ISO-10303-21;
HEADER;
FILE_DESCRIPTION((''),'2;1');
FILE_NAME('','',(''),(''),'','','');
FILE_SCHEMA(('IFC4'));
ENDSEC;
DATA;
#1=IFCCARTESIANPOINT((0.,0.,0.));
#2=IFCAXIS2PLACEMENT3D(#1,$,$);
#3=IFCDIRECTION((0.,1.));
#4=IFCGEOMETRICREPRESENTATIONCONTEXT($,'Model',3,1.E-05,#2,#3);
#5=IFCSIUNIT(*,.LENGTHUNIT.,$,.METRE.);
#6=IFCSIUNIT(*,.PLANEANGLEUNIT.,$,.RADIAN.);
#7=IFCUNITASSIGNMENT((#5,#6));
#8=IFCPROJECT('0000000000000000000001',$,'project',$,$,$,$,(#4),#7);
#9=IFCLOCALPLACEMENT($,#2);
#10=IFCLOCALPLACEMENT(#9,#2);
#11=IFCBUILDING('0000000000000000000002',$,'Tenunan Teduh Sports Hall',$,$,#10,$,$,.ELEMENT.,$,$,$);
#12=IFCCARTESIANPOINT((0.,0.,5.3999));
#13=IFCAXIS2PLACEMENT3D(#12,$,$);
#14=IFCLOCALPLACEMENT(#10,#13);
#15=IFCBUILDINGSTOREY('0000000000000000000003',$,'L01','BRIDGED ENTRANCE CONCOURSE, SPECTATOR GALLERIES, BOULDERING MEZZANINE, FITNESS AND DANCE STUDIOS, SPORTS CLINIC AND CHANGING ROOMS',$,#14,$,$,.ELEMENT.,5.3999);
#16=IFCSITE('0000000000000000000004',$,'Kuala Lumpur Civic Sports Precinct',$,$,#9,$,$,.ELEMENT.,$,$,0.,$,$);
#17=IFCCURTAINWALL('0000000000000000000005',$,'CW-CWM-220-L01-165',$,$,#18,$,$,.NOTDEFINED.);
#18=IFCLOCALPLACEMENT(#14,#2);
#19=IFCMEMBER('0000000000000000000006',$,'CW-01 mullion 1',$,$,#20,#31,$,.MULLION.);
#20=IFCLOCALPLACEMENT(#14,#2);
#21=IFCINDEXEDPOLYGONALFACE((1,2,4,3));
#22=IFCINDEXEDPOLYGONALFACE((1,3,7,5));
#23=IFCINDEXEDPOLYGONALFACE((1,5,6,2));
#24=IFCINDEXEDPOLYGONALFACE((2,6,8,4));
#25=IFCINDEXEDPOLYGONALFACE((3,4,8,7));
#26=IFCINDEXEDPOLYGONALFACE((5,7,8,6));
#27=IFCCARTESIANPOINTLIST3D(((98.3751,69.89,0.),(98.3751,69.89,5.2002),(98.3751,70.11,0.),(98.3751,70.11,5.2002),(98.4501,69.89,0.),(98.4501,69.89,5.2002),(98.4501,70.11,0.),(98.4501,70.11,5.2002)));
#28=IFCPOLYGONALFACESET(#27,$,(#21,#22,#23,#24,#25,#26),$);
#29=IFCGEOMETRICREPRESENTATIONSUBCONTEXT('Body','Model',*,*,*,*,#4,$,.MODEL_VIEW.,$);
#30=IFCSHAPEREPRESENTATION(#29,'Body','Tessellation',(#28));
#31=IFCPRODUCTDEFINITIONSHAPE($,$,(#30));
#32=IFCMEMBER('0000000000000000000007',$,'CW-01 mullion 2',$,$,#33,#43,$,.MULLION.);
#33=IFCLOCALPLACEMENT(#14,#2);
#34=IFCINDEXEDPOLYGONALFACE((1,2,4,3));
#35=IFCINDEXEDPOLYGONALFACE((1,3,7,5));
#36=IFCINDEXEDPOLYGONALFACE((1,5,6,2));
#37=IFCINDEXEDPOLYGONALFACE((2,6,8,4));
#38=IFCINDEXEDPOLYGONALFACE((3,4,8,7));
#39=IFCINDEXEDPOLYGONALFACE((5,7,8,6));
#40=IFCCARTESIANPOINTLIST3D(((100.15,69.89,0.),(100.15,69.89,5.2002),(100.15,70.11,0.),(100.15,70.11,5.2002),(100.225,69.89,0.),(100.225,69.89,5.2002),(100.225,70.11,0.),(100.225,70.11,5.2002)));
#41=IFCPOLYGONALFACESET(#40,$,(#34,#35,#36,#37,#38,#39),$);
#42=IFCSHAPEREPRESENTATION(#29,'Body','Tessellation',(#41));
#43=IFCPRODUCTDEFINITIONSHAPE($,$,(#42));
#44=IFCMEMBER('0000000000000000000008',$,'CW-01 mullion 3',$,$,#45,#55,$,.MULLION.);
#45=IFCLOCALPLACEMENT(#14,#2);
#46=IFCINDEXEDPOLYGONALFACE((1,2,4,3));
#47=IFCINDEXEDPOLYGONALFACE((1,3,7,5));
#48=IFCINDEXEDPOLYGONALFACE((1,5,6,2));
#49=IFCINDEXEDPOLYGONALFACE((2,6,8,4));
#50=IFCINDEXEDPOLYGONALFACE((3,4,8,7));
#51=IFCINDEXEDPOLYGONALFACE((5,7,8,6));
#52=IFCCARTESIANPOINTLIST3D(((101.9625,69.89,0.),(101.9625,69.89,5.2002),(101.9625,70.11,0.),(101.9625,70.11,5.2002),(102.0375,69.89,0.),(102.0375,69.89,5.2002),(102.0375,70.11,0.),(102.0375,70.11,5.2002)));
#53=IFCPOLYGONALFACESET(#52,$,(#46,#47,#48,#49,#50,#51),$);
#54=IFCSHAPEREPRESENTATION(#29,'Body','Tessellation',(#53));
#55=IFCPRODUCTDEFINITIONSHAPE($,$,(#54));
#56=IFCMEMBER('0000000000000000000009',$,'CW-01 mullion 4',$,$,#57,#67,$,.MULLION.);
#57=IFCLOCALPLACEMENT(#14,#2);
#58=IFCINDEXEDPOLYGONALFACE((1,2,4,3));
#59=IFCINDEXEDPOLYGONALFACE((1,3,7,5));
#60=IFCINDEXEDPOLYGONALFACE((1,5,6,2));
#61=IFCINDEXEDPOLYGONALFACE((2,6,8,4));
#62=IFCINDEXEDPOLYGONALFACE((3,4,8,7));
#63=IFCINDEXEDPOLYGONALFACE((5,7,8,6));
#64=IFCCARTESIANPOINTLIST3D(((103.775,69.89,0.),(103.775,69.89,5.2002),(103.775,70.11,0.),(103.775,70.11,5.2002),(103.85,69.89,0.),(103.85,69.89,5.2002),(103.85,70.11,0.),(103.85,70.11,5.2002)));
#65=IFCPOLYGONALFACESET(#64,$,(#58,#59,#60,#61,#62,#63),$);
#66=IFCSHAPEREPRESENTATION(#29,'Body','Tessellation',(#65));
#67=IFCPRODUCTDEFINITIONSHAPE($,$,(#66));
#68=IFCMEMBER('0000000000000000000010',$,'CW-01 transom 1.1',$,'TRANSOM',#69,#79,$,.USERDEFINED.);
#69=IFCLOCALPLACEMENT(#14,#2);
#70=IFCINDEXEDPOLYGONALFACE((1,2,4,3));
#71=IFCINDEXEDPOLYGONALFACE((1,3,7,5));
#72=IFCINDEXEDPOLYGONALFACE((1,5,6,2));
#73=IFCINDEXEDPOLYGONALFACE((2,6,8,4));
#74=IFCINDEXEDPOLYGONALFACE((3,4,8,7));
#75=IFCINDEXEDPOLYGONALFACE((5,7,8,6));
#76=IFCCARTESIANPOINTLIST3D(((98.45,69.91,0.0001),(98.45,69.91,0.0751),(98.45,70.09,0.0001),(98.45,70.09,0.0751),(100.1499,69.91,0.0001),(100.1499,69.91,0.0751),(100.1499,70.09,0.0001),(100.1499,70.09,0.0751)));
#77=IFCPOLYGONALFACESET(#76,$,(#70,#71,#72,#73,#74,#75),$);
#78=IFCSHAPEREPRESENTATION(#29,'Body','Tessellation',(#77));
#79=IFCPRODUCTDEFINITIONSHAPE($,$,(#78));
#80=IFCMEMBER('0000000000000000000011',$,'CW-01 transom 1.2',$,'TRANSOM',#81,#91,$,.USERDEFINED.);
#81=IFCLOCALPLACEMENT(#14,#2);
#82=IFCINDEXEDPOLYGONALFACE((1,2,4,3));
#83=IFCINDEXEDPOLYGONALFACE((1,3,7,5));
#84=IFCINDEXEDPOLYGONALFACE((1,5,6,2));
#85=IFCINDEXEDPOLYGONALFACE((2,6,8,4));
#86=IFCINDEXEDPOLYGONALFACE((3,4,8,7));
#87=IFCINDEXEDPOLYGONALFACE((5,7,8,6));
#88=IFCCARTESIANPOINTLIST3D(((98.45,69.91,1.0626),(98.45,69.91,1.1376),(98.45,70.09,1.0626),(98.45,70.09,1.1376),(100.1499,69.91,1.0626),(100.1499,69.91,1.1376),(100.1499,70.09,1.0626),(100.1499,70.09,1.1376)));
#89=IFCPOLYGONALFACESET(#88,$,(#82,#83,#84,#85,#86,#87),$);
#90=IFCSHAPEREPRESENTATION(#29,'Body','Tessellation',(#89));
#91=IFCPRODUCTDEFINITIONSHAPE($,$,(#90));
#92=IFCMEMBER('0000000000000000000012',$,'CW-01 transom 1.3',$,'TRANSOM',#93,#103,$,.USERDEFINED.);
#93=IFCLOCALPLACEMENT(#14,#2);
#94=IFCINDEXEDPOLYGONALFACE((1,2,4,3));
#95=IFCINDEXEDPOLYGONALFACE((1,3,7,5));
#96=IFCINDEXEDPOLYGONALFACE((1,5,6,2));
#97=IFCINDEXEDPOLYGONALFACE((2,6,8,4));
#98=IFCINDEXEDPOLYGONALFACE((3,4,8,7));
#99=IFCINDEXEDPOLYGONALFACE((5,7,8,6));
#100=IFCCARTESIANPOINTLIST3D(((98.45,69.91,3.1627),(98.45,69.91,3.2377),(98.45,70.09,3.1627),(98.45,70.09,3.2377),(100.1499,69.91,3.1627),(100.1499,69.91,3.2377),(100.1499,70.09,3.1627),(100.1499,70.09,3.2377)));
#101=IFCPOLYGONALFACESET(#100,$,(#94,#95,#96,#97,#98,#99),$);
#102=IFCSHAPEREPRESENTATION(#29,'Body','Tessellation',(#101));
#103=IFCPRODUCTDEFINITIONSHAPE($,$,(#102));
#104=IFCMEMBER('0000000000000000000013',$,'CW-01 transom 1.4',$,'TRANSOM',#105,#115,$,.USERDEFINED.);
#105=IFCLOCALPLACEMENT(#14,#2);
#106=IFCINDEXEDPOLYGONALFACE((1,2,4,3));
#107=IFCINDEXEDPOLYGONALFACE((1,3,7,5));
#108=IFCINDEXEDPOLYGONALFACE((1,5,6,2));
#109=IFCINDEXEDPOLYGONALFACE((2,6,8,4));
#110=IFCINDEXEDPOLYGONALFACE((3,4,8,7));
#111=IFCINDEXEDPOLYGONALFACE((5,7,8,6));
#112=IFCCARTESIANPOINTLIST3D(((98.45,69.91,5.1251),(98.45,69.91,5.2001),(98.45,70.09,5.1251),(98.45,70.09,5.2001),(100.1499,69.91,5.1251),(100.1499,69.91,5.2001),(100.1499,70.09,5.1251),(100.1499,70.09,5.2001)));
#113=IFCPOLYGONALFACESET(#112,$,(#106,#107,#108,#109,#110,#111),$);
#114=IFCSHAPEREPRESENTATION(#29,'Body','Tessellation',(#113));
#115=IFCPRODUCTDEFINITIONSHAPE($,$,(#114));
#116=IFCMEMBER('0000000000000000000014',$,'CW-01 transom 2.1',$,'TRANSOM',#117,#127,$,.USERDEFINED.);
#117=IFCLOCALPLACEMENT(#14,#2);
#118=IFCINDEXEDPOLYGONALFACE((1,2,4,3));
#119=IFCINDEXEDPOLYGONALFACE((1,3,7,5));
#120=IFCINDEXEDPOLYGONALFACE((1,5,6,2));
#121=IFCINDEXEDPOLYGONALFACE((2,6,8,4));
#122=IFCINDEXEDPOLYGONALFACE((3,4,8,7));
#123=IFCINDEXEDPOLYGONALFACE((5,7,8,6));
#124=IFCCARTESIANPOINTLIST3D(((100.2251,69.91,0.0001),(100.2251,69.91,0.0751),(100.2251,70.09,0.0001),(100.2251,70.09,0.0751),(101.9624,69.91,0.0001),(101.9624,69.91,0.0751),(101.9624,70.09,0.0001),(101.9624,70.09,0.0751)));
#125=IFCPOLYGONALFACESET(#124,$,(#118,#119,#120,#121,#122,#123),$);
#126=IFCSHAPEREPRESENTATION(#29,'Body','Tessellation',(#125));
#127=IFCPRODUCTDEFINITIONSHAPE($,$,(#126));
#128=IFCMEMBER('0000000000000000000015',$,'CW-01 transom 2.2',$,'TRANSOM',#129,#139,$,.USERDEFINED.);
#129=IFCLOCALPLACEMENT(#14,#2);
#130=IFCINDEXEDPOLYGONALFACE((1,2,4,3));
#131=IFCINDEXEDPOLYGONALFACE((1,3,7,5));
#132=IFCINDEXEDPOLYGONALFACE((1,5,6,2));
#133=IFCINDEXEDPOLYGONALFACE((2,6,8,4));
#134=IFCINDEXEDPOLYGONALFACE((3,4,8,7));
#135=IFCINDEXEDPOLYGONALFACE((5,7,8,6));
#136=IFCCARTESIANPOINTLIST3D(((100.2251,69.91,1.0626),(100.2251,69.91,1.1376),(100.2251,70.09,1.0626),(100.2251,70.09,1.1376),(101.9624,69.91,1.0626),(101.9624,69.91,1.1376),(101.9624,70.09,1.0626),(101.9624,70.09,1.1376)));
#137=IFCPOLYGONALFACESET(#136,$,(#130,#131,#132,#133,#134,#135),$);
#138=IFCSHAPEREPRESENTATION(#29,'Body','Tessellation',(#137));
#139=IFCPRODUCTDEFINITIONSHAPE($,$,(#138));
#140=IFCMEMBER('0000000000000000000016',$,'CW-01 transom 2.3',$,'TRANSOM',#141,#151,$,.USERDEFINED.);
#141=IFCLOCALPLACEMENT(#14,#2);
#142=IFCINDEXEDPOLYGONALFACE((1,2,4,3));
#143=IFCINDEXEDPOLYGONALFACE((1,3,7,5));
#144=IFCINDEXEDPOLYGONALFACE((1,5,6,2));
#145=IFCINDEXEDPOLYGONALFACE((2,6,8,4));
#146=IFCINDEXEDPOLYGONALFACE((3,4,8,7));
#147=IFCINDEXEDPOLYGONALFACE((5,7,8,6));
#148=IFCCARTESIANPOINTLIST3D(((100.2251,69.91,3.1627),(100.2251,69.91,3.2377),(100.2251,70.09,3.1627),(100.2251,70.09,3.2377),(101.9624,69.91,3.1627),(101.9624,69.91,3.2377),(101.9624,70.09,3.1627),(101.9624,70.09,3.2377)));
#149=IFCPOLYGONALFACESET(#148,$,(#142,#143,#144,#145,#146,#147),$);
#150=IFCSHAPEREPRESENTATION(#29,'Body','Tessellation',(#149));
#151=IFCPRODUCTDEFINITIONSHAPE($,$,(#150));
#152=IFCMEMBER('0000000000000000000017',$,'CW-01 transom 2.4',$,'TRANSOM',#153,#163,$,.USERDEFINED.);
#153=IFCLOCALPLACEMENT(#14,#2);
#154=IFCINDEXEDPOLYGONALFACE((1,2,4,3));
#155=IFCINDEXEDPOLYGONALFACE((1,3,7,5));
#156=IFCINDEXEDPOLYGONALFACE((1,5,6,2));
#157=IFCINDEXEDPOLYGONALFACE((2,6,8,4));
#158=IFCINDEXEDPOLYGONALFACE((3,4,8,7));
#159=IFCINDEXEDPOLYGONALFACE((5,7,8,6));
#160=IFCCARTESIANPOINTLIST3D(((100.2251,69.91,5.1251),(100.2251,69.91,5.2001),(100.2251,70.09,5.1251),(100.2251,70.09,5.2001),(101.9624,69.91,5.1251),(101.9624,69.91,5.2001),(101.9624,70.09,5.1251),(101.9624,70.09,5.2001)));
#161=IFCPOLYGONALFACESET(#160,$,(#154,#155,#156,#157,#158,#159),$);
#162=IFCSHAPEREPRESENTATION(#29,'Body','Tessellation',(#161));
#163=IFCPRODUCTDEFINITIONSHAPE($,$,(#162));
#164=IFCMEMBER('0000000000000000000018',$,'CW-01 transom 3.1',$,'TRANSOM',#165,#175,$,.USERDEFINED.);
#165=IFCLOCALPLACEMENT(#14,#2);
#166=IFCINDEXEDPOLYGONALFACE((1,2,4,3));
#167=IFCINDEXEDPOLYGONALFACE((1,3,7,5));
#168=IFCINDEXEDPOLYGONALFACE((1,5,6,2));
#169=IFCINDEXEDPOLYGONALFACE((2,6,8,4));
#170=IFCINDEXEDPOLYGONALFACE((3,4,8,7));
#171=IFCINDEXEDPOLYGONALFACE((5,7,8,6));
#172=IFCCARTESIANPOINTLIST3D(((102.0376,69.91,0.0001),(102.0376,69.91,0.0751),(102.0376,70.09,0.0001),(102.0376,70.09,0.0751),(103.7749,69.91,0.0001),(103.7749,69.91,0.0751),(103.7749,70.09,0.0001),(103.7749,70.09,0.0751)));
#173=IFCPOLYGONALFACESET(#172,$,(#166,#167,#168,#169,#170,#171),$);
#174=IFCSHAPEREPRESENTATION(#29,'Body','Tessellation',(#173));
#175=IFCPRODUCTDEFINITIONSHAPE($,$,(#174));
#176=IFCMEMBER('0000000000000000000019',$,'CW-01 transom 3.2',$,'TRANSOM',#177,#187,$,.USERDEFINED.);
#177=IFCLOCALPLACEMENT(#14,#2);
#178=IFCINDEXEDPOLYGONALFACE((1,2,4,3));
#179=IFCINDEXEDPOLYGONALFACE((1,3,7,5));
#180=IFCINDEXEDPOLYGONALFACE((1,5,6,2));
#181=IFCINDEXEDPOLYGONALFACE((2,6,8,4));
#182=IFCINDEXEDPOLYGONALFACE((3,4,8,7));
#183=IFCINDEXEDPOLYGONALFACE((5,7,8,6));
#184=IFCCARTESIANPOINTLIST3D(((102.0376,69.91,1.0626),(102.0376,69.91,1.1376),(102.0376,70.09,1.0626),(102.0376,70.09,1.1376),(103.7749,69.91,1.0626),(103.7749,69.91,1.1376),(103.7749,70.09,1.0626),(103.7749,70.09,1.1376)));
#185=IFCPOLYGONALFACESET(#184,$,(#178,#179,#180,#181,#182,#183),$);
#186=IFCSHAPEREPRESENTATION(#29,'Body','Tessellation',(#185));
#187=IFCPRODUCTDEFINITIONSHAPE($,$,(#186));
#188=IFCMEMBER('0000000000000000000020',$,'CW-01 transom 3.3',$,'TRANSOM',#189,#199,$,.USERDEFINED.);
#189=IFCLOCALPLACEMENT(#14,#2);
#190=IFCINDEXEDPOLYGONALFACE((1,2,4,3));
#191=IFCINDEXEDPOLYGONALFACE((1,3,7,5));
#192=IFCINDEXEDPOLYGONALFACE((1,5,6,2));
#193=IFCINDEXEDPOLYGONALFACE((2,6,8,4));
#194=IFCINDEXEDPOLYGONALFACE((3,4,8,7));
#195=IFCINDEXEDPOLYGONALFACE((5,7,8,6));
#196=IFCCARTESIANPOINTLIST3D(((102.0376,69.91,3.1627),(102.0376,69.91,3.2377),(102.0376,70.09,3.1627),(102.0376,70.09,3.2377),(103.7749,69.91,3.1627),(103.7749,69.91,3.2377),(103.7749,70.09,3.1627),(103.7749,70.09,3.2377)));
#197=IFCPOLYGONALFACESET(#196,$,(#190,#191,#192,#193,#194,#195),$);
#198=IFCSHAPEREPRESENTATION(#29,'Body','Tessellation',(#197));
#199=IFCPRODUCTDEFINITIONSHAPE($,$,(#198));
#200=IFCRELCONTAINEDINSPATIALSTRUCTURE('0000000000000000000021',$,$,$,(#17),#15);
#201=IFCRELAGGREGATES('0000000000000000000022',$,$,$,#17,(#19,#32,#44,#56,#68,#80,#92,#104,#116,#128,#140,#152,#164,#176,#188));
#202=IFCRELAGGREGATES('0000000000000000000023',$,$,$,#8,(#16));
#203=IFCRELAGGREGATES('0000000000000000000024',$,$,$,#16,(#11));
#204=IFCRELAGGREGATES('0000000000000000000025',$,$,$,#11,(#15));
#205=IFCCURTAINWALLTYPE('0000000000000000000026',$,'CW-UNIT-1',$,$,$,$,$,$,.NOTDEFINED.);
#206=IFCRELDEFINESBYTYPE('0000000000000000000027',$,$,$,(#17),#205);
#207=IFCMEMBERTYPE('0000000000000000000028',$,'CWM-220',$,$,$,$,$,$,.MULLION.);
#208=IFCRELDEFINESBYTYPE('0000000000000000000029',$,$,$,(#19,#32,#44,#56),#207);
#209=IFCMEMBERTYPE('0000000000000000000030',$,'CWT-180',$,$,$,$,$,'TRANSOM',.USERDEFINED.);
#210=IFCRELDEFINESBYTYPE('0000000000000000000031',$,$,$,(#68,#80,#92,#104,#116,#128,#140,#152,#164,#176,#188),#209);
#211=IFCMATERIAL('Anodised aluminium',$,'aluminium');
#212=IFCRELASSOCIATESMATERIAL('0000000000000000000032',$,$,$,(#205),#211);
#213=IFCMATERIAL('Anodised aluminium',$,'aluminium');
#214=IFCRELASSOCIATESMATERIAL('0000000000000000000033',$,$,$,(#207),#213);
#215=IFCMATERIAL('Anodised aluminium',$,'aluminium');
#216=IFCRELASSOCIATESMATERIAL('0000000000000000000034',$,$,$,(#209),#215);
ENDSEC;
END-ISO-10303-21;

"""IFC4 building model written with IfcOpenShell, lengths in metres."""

from ifc_helpers import new_model, si_unit, direction, frame, origin, origin_2d, place, context, subcontext, project, spatial, rectangle, extrude, material, material_profile, profile_set, type_object, element, aggregate, save


model = new_model("IFC4")

# Units and contexts
model_context = context("Model", 3, precision=1e-05, world=origin(), true_north=direction((0.0, 1.0)))
body_context = subcontext(model_context, "Body", "Model", "MODEL_VIEW")
ifc_project = project(units=[si_unit("LENGTHUNIT", "METRE"), si_unit("PLANEANGLEUNIT", "RADIAN")], contexts=[model_context])

# Site, building, storey
site_placement = place(None, origin())
site = spatial("IfcSite", under=ifc_project, at=site_placement, Name="Kuala Lumpur Civic Sports Precinct", CompositionType="ELEMENT", RefElevation=0.0)
building_placement = place(site_placement, origin())
building = spatial("IfcBuilding", under=site, at=building_placement, Name="Tenunan Teduh Sports Hall", CompositionType="ELEMENT")
storey_placement = place(building_placement, frame((0.0, 0.0, 5.3999)))
storey = spatial("IfcBuildingStorey", under=building, at=storey_placement, Name="L01", Description="BRIDGED ENTRANCE CONCOURSE, SPECTATOR GALLERIES, BOULDERING MEZZANINE, FITNESS AND DANCE STUDIOS, SPORTS CLINIC AND CHANGING ROOMS", CompositionType="ELEMENT", Elevation=5.3999)

# Curtain wall, members
ifc_material_1 = material(Name="Anodised aluminium", Category="aluminium")
curtain_wall_type = type_object("IfcCurtainWallType", Name="CW-UNIT-1", PredefinedType="NOTDEFINED", material=ifc_material_1)
curtain_wall_1_placement = place(storey_placement, origin())
curtain_wall_1 = element("IfcCurtainWall", 1, at=curtain_wall_1_placement, inside=storey, type_object=curtain_wall_type, Name="CW-CWM-220-L01-165", PredefinedType="NOTDEFINED")
ifc_material_2 = material(Name="Anodised aluminium", Category="aluminium")
ifc_material_profile_1 = material_profile(ifc_material_2, rectangle(XDim=0.075, YDim=0.22, at=origin_2d()), Name="CWM 75x220")
ifc_profile_set_1 = profile_set([ifc_material_profile_1], Name="Anodised aluminium")
member_type_1 = type_object("IfcMemberType", Name="CWM-220", PredefinedType="MULLION", material=ifc_profile_set_1)
member_1_placement = place(storey_placement, frame((98.4126, 70.0, 0.0), z_axis=(0.0, 0.0, 1.0), x_axis=(1.0, 0.0, 0.0)))
member_1 = element("IfcMember", 2, at=member_1_placement, type_object=member_type_1, Name="CW-01 mullion 1", PredefinedType="MULLION", context=body_context, shape_type="SweptSolid", body=[
    extrude(rectangle(XDim=0.075, YDim=0.22, at=origin_2d()), origin(), (0.0, 0.0, 1.0), 5.2002),
])
member_2_placement = place(storey_placement, frame((100.1875, 70.0, 0.0), z_axis=(0.0, 0.0, 1.0), x_axis=(1.0, 0.0, 0.0)))
member_2 = element("IfcMember", 3, at=member_2_placement, type_object=member_type_1, Name="CW-01 mullion 2", PredefinedType="MULLION", context=body_context, shape_type="SweptSolid", body=[
    extrude(rectangle(XDim=0.075, YDim=0.22, at=origin_2d()), origin(), (0.0, 0.0, 1.0), 5.2002),
])
member_3_placement = place(storey_placement, frame((102.0, 70.0, 0.0), z_axis=(0.0, 0.0, 1.0), x_axis=(1.0, 0.0, 0.0)))
member_3 = element("IfcMember", 4, at=member_3_placement, type_object=member_type_1, Name="CW-01 mullion 3", PredefinedType="MULLION", context=body_context, shape_type="SweptSolid", body=[
    extrude(rectangle(XDim=0.075, YDim=0.22, at=origin_2d()), origin(), (0.0, 0.0, 1.0), 5.2002),
])
member_4_placement = place(storey_placement, frame((103.8125, 70.0, 0.0), z_axis=(0.0, 0.0, 1.0), x_axis=(1.0, 0.0, 0.0)))
member_4 = element("IfcMember", 5, at=member_4_placement, type_object=member_type_1, Name="CW-01 mullion 4", PredefinedType="MULLION", context=body_context, shape_type="SweptSolid", body=[
    extrude(rectangle(XDim=0.075, YDim=0.22, at=origin_2d()), origin(), (0.0, 0.0, 1.0), 5.2002),
])
ifc_material_3 = material(Name="Anodised aluminium", Category="aluminium")
ifc_material_profile_2 = material_profile(ifc_material_3, rectangle(XDim=0.075, YDim=0.1799, at=origin_2d()), Name="CWT 75x180")
ifc_profile_set_2 = profile_set([ifc_material_profile_2], Name="Anodised aluminium")
member_type_2 = type_object("IfcMemberType", Name="CWT-180", ElementType="TRANSOM", PredefinedType="USERDEFINED", material=ifc_profile_set_2)
member_5_placement = place(storey_placement, frame((98.45, 70.0, 0.0376), z_axis=(1.0, 0.0, 0.0), x_axis=(0.0, 0.0, 1.0)))
member_5 = element("IfcMember", 6, at=member_5_placement, type_object=member_type_2, Name="CW-01 transom 1.1", ObjectType="TRANSOM", PredefinedType="USERDEFINED", context=body_context, shape_type="SweptSolid", body=[
    extrude(rectangle(XDim=0.075, YDim=0.1799, at=origin_2d()), origin(), (0.0, 0.0, 1.0), 1.7),
])
member_6_placement = place(storey_placement, frame((98.45, 70.0, 1.1001), z_axis=(1.0, 0.0, 0.0), x_axis=(0.0, 0.0, 1.0)))
member_6 = element("IfcMember", 7, at=member_6_placement, type_object=member_type_2, Name="CW-01 transom 1.2", ObjectType="TRANSOM", PredefinedType="USERDEFINED", context=body_context, shape_type="SweptSolid", body=[
    extrude(rectangle(XDim=0.075, YDim=0.1799, at=origin_2d()), origin(), (0.0, 0.0, 1.0), 1.7),
])
member_7_placement = place(storey_placement, frame((98.45, 70.0, 3.2002), z_axis=(1.0, 0.0, 0.0), x_axis=(0.0, 0.0, 1.0)))
member_7 = element("IfcMember", 8, at=member_7_placement, type_object=member_type_2, Name="CW-01 transom 1.3", ObjectType="TRANSOM", PredefinedType="USERDEFINED", context=body_context, shape_type="SweptSolid", body=[
    extrude(rectangle(XDim=0.075, YDim=0.1799, at=origin_2d()), origin(), (0.0, 0.0, 1.0), 1.7),
])
member_8_placement = place(storey_placement, frame((98.45, 70.0, 5.1626), z_axis=(1.0, 0.0, 0.0), x_axis=(0.0, 0.0, 1.0)))
member_8 = element("IfcMember", 9, at=member_8_placement, type_object=member_type_2, Name="CW-01 transom 1.4", ObjectType="TRANSOM", PredefinedType="USERDEFINED", context=body_context, shape_type="SweptSolid", body=[
    extrude(rectangle(XDim=0.075, YDim=0.1799, at=origin_2d()), origin(), (0.0, 0.0, 1.0), 1.7),
])
member_9_placement = place(storey_placement, frame((100.2251, 70.0, 0.0376), z_axis=(1.0, 0.0, 0.0), x_axis=(0.0, 0.0, 1.0)))
member_9 = element("IfcMember", 10, at=member_9_placement, type_object=member_type_2, Name="CW-01 transom 2.1", ObjectType="TRANSOM", PredefinedType="USERDEFINED", context=body_context, shape_type="SweptSolid", body=[
    extrude(rectangle(XDim=0.075, YDim=0.1799, at=origin_2d()), origin(), (0.0, 0.0, 1.0), 1.7373),
])
member_10_placement = place(storey_placement, frame((100.2251, 70.0, 1.1001), z_axis=(1.0, 0.0, 0.0), x_axis=(0.0, 0.0, 1.0)))
member_10 = element("IfcMember", 11, at=member_10_placement, type_object=member_type_2, Name="CW-01 transom 2.2", ObjectType="TRANSOM", PredefinedType="USERDEFINED", context=body_context, shape_type="SweptSolid", body=[
    extrude(rectangle(XDim=0.075, YDim=0.1799, at=origin_2d()), origin(), (0.0, 0.0, 1.0), 1.7373),
])
member_11_placement = place(storey_placement, frame((100.2251, 70.0, 3.2002), z_axis=(1.0, 0.0, 0.0), x_axis=(0.0, 0.0, 1.0)))
member_11 = element("IfcMember", 12, at=member_11_placement, type_object=member_type_2, Name="CW-01 transom 2.3", ObjectType="TRANSOM", PredefinedType="USERDEFINED", context=body_context, shape_type="SweptSolid", body=[
    extrude(rectangle(XDim=0.075, YDim=0.1799, at=origin_2d()), origin(), (0.0, 0.0, 1.0), 1.7373),
])
member_12_placement = place(storey_placement, frame((100.2251, 70.0, 5.1626), z_axis=(1.0, 0.0, 0.0), x_axis=(0.0, 0.0, 1.0)))
member_12 = element("IfcMember", 13, at=member_12_placement, type_object=member_type_2, Name="CW-01 transom 2.4", ObjectType="TRANSOM", PredefinedType="USERDEFINED", context=body_context, shape_type="SweptSolid", body=[
    extrude(rectangle(XDim=0.075, YDim=0.1799, at=origin_2d()), origin(), (0.0, 0.0, 1.0), 1.7373),
])
member_13_placement = place(storey_placement, frame((102.0376, 70.0, 0.0376), z_axis=(1.0, 0.0, 0.0), x_axis=(0.0, 0.0, 1.0)))
member_13 = element("IfcMember", 14, at=member_13_placement, type_object=member_type_2, Name="CW-01 transom 3.1", ObjectType="TRANSOM", PredefinedType="USERDEFINED", context=body_context, shape_type="SweptSolid", body=[
    extrude(rectangle(XDim=0.075, YDim=0.1799, at=origin_2d()), origin(), (0.0, 0.0, 1.0), 1.7373),
])
member_14_placement = place(storey_placement, frame((102.0376, 70.0, 1.1001), z_axis=(1.0, 0.0, 0.0), x_axis=(0.0, 0.0, 1.0)))
member_14 = element("IfcMember", 15, at=member_14_placement, type_object=member_type_2, Name="CW-01 transom 3.2", ObjectType="TRANSOM", PredefinedType="USERDEFINED", context=body_context, shape_type="SweptSolid", body=[
    extrude(rectangle(XDim=0.075, YDim=0.1799, at=origin_2d()), origin(), (0.0, 0.0, 1.0), 1.7373),
])
member_15_placement = place(storey_placement, frame((102.0376, 70.0, 3.2002), z_axis=(1.0, 0.0, 0.0), x_axis=(0.0, 0.0, 1.0)))
member_15 = element("IfcMember", 16, at=member_15_placement, type_object=member_type_2, Name="CW-01 transom 3.3", ObjectType="TRANSOM", PredefinedType="USERDEFINED", context=body_context, shape_type="SweptSolid", body=[
    extrude(rectangle(XDim=0.075, YDim=0.1799, at=origin_2d()), origin(), (0.0, 0.0, 1.0), 1.7373),
])

aggregate(curtain_wall_1, [member_1, member_2, member_3, member_4, member_5, member_6, member_7, member_8, member_9, member_10, member_11, member_12, member_13, member_14, member_15])

save(model, "model.ifc")
